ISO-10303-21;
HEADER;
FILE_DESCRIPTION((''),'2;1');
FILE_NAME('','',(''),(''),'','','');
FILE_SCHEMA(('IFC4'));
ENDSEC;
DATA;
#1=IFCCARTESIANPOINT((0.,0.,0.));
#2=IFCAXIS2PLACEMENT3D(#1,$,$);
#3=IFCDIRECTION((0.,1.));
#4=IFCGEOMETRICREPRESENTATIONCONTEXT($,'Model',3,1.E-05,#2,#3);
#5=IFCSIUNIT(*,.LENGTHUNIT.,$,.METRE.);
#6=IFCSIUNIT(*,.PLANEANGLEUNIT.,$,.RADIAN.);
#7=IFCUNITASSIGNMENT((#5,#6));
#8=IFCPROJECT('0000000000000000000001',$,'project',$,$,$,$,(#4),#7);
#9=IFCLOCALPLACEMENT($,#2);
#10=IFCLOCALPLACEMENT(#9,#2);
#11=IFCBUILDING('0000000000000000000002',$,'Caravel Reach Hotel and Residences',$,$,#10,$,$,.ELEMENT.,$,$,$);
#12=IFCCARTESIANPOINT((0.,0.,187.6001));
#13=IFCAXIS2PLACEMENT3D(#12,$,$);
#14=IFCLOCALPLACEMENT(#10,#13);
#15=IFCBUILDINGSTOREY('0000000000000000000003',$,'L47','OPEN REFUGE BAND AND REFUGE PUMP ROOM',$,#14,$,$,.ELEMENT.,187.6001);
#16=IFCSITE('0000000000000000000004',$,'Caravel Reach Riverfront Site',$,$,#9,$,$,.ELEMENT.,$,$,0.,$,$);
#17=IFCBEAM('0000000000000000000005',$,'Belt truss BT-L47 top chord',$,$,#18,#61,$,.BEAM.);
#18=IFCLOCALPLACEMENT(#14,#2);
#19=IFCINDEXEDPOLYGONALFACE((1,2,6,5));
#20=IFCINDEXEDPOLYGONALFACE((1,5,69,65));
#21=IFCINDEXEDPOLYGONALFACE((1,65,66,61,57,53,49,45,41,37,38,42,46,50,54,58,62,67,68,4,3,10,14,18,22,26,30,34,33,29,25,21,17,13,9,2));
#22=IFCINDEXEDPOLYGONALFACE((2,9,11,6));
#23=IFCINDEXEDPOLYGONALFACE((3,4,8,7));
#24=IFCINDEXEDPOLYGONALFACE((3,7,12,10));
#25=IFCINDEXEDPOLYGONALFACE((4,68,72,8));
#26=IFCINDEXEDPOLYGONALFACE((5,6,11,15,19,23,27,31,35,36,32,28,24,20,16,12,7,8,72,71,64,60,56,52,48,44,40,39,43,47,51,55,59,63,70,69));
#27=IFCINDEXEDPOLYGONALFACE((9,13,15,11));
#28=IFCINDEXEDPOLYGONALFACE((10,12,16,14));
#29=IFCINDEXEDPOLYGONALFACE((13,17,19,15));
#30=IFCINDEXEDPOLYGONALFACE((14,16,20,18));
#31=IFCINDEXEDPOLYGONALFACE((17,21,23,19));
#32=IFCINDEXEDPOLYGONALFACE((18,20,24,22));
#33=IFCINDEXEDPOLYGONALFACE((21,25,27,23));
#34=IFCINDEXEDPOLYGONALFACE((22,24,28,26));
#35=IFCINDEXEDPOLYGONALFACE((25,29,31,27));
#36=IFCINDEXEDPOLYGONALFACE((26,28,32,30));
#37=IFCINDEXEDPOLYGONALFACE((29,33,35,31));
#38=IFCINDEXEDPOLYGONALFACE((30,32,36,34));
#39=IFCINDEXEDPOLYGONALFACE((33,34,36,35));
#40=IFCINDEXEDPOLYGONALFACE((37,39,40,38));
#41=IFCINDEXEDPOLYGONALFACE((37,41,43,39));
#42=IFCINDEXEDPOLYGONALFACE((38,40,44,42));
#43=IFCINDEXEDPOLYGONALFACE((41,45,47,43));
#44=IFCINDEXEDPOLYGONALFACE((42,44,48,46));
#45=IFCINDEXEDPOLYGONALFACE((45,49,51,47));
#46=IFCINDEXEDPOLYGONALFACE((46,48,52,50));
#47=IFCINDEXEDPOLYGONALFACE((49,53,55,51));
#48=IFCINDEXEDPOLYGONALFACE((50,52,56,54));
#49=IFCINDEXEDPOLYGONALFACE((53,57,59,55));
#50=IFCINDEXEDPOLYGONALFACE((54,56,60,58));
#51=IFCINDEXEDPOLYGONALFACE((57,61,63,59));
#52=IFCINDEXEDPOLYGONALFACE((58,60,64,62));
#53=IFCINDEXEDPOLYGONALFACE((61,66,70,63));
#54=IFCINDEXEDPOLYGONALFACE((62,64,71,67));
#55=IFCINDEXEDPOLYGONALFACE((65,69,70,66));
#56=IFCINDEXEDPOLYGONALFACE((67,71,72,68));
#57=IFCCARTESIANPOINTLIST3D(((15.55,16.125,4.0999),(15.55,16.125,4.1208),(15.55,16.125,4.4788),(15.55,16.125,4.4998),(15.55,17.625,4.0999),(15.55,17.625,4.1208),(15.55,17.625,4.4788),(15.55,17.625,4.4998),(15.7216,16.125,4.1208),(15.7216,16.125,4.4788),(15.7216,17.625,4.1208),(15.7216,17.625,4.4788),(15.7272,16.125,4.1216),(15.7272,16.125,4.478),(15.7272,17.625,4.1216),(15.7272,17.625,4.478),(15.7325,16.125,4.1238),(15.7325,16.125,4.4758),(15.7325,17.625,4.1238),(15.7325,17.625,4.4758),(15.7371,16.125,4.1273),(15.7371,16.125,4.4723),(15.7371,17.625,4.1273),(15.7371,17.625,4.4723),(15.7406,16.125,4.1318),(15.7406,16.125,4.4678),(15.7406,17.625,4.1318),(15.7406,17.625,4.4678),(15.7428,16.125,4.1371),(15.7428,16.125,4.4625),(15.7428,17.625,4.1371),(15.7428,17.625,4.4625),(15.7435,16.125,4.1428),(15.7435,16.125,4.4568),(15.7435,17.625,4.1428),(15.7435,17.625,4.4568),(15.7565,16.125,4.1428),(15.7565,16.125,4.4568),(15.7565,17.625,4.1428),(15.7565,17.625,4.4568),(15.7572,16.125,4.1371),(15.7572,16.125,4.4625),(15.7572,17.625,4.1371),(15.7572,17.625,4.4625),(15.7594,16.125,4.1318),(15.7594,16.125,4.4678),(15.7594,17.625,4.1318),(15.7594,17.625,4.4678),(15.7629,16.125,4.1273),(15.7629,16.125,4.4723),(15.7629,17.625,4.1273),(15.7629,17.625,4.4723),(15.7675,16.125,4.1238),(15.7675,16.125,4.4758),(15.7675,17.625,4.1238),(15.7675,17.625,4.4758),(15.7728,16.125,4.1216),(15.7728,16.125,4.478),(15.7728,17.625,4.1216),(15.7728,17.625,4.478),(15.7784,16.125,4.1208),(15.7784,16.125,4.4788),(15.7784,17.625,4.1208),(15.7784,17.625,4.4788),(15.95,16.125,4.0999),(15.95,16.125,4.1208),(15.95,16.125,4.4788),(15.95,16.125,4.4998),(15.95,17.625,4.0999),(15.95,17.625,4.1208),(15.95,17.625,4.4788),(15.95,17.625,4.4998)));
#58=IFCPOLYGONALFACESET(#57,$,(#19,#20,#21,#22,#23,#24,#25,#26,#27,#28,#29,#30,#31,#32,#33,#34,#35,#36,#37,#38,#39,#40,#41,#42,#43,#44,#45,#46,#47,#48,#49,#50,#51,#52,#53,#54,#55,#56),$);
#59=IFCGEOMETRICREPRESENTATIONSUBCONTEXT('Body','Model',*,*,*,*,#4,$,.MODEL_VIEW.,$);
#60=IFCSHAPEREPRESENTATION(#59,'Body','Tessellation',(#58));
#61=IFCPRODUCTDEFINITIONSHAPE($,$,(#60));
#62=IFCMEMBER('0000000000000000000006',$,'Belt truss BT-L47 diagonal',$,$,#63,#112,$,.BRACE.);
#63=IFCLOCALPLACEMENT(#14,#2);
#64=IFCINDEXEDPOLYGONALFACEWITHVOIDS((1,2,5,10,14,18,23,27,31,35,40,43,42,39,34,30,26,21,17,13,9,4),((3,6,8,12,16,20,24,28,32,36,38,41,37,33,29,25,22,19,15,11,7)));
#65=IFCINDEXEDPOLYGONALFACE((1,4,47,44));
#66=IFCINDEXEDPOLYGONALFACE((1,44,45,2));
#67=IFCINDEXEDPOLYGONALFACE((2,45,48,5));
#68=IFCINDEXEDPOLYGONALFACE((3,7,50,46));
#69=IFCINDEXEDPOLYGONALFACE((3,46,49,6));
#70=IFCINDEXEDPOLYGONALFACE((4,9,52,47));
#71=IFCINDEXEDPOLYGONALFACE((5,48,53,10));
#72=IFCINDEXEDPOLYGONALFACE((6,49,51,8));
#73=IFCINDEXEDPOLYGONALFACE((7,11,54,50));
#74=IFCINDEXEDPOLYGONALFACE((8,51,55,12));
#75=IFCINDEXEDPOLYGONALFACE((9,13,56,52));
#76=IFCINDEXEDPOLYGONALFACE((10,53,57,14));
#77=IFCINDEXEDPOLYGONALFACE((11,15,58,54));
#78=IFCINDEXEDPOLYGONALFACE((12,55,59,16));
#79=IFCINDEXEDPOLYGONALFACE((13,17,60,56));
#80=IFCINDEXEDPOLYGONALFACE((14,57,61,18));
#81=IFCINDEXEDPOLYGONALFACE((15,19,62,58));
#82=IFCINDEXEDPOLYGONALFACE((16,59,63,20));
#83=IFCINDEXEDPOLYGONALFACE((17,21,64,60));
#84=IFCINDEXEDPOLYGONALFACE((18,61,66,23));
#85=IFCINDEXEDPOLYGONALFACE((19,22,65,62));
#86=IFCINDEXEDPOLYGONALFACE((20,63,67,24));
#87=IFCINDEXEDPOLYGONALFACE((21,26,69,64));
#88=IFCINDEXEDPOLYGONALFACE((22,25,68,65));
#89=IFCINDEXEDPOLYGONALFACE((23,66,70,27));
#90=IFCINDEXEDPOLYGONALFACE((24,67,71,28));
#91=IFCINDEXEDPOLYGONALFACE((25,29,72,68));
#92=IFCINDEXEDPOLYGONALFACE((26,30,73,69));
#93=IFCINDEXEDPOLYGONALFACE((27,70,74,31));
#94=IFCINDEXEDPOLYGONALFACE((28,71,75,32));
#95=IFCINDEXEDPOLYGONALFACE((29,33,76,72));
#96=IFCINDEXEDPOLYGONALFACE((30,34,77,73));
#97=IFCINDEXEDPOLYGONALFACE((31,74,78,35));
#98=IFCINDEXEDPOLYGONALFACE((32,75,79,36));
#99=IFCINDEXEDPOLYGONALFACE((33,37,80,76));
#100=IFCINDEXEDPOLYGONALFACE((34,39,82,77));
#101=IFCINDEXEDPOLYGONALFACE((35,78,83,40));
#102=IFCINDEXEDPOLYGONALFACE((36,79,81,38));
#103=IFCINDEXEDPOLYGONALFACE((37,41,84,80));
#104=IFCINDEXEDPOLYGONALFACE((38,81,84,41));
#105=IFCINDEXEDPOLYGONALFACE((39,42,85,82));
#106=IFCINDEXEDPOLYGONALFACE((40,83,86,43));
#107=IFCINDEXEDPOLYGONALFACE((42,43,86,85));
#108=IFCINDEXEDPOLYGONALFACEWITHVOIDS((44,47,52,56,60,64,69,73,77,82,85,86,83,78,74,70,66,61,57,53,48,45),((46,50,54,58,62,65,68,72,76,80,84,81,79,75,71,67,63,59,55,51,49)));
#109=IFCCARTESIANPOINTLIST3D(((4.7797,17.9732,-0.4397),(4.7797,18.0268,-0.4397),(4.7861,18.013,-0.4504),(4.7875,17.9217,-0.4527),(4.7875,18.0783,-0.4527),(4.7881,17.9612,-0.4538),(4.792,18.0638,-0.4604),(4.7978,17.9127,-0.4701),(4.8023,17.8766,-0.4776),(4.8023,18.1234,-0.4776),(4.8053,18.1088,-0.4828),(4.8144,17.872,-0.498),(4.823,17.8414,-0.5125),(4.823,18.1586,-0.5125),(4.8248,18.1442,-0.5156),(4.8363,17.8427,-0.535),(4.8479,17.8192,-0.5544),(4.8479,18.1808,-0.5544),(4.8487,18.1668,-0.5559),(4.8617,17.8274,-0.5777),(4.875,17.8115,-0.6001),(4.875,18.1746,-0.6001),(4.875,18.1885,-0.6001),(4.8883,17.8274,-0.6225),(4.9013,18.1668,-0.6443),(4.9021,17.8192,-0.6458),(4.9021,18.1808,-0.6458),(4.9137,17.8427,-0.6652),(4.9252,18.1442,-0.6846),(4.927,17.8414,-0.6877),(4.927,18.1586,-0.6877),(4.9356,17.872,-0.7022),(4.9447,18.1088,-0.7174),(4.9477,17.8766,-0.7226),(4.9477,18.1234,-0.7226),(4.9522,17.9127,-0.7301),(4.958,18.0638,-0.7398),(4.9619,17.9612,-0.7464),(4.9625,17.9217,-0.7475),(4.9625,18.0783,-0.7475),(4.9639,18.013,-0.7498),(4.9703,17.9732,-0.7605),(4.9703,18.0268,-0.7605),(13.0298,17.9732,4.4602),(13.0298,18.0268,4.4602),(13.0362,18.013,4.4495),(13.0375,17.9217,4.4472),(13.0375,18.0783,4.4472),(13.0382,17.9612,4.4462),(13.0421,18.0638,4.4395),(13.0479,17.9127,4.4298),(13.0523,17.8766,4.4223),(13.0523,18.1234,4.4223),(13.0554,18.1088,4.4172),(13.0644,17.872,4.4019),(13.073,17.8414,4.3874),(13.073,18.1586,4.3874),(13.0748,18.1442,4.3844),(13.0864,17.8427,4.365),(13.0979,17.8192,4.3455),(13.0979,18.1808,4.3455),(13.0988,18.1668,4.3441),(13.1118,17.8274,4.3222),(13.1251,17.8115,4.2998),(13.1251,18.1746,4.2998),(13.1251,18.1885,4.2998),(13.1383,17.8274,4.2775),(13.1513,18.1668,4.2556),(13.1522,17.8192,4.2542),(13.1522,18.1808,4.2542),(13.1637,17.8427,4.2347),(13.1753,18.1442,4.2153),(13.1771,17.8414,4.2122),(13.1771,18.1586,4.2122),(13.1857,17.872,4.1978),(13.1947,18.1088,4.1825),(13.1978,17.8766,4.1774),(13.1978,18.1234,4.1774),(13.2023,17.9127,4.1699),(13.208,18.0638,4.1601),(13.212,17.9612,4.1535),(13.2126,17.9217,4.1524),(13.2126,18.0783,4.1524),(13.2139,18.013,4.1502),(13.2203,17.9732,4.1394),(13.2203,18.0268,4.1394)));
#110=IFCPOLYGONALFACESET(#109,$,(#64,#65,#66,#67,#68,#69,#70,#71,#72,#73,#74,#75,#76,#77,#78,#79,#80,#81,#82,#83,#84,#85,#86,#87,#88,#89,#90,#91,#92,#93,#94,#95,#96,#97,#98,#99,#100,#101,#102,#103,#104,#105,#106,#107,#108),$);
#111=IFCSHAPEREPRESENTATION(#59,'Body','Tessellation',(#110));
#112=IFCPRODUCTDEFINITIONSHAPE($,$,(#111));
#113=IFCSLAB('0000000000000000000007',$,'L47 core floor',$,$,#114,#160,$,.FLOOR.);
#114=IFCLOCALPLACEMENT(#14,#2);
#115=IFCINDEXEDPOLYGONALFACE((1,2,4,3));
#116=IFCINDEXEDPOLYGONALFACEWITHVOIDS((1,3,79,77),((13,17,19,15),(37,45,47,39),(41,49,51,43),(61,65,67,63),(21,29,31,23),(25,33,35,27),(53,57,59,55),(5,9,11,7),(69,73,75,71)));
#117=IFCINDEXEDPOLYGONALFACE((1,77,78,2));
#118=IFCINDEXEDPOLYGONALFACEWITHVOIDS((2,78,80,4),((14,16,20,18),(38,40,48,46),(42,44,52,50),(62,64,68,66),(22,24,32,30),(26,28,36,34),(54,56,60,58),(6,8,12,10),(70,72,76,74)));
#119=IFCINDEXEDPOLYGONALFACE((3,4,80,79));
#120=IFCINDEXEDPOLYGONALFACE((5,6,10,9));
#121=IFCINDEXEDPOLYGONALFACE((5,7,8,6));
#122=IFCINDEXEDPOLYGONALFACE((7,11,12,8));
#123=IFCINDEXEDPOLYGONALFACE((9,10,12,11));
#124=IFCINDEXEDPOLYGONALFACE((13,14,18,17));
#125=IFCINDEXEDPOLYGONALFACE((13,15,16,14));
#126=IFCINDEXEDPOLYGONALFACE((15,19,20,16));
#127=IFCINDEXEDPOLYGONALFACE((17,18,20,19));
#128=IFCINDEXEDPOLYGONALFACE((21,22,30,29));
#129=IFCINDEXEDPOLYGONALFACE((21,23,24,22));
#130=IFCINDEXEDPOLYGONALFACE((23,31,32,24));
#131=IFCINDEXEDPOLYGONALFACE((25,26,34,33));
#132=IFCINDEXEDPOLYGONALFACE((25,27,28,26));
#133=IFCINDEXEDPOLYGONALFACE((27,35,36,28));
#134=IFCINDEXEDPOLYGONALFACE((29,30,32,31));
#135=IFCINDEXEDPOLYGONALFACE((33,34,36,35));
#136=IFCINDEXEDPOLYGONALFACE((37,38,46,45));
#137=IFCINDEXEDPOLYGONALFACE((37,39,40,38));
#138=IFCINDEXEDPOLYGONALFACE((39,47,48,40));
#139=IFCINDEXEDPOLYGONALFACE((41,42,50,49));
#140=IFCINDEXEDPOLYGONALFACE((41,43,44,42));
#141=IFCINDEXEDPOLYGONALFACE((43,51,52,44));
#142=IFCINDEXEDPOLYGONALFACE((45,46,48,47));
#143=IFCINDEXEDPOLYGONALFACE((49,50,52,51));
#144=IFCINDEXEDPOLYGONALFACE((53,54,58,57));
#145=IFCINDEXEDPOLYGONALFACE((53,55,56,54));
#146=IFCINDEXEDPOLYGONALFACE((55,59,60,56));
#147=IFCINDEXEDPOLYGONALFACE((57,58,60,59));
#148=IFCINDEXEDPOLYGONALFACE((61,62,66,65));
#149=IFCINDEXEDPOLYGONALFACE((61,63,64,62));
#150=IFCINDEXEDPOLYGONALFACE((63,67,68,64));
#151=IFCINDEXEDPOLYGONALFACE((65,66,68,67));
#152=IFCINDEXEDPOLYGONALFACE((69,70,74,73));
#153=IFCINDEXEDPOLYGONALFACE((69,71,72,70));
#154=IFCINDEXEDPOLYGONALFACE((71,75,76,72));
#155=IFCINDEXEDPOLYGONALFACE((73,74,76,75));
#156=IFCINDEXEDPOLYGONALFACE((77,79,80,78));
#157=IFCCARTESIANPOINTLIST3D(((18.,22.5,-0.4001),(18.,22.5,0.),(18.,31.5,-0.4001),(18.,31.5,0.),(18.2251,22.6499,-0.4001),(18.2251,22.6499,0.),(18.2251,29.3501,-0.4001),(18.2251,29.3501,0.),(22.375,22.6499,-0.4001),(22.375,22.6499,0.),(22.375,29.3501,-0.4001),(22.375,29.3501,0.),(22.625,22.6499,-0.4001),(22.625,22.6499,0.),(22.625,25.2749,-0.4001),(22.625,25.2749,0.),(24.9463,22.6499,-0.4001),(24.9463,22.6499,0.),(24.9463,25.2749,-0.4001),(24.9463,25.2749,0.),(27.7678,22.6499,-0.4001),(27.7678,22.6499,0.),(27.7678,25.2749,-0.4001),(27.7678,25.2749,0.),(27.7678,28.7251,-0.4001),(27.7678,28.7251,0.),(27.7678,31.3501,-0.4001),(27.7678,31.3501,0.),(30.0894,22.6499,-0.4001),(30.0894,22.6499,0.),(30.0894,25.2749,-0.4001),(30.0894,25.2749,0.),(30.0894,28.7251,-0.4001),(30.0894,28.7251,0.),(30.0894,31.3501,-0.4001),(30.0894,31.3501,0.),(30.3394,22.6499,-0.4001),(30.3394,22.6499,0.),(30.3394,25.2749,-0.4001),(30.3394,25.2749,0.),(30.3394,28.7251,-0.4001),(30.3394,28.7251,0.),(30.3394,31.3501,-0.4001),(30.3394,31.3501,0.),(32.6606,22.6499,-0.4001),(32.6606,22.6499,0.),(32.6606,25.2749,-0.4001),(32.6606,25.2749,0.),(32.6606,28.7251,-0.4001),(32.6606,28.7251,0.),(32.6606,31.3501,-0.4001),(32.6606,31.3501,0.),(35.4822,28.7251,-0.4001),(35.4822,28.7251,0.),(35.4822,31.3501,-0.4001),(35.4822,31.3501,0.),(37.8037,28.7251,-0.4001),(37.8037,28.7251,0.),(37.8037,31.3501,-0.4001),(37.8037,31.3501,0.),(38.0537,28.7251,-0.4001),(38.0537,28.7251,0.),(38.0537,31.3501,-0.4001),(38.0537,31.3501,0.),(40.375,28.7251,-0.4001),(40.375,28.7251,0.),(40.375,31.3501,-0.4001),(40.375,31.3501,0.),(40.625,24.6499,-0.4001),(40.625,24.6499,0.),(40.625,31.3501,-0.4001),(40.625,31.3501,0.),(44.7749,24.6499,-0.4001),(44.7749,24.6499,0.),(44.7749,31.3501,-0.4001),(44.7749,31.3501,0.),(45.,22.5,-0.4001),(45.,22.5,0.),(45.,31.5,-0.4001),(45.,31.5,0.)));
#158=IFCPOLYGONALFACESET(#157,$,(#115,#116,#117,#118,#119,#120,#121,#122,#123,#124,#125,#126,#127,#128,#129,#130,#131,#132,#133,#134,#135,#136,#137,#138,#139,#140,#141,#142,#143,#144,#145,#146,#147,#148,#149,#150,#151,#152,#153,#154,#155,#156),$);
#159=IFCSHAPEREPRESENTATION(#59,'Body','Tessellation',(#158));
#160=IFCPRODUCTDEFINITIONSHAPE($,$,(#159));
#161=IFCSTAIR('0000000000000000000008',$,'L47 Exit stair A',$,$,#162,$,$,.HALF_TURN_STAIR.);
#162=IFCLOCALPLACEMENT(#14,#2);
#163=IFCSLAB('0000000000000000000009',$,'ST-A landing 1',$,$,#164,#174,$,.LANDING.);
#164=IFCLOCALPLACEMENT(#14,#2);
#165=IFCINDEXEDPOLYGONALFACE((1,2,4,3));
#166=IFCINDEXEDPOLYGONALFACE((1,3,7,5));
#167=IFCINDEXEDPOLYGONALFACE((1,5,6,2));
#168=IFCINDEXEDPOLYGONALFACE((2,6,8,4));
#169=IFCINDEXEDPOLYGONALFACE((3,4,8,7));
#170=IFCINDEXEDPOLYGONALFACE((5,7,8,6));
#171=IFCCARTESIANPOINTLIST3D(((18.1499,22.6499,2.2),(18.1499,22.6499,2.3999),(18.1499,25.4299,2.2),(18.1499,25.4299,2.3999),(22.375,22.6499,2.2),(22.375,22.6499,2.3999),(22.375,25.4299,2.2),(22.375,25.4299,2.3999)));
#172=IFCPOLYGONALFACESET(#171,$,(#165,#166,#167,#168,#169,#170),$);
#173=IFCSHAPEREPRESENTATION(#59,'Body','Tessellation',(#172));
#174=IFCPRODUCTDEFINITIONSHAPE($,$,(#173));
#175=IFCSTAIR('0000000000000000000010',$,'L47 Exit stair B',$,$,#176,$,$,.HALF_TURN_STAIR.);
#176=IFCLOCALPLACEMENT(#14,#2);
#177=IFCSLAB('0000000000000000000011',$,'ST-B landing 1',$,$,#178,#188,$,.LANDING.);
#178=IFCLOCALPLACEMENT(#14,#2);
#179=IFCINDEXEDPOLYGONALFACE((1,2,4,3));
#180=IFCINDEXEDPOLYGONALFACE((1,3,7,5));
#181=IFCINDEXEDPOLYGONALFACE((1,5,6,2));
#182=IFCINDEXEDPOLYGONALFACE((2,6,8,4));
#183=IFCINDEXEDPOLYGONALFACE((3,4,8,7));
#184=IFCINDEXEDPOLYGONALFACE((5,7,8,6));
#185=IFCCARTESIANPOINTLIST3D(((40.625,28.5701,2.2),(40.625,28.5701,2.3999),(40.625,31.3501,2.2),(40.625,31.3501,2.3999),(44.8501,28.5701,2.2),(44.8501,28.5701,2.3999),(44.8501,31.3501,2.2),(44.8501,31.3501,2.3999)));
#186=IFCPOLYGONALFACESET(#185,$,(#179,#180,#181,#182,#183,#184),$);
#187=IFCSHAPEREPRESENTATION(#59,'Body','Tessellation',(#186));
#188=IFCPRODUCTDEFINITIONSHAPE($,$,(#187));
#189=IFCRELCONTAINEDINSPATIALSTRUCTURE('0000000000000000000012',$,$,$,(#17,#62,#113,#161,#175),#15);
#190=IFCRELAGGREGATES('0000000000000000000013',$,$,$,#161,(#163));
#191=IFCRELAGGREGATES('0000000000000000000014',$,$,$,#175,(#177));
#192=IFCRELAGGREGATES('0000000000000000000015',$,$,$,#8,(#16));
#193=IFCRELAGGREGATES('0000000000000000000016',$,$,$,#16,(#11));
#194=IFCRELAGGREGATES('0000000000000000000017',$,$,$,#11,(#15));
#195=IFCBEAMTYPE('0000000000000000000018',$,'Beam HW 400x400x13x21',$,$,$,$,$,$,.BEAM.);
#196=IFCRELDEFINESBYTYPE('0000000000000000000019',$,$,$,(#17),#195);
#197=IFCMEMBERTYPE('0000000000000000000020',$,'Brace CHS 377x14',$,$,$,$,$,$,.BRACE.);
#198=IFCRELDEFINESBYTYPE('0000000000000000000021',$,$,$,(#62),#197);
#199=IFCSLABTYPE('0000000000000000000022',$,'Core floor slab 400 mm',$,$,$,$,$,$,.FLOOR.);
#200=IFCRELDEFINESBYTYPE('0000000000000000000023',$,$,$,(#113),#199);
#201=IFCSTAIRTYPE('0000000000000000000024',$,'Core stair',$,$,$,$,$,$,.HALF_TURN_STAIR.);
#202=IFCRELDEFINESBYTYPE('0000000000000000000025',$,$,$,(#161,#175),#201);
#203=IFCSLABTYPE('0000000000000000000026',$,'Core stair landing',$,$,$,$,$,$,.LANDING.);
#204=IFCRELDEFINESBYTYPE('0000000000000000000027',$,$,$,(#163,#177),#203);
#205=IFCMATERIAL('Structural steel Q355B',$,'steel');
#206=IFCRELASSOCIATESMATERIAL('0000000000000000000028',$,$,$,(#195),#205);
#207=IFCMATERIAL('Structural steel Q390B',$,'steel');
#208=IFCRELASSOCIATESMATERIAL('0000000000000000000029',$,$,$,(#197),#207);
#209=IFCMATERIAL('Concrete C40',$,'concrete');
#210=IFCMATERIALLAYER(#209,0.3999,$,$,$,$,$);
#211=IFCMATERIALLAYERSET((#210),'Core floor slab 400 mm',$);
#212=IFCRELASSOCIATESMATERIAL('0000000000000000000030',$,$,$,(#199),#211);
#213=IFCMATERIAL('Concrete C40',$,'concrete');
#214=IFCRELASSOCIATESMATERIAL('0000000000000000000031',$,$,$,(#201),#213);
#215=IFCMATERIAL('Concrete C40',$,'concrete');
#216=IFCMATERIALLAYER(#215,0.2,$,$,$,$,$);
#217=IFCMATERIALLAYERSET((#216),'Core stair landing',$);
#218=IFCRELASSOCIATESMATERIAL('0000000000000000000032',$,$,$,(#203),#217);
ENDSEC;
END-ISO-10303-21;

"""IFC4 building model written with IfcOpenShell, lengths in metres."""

from ifc_helpers import new_model, si_unit, direction, frame, origin, origin_2d, place, context, subcontext, project, spatial, polyline, hollow_circle, i_section, outline, extrude, material, layer, layer_set, material_profile, profile_set, type_object, element, aggregate, save


model = new_model("IFC4")

# Units and contexts
model_context = context("Model", 3, precision=1e-05, world=origin(), true_north=direction((0.0, 1.0)))
body_context = subcontext(model_context, "Body", "Model", "MODEL_VIEW")
ifc_project = project(units=[si_unit("LENGTHUNIT", "METRE"), si_unit("PLANEANGLEUNIT", "RADIAN")], contexts=[model_context])

# Site, building, storey
site_placement = place(None, origin())
site = spatial("IfcSite", under=ifc_project, at=site_placement, Name="Caravel Reach Riverfront Site", CompositionType="ELEMENT", RefElevation=0.0)
building_placement = place(site_placement, origin())
building = spatial("IfcBuilding", under=site, at=building_placement, Name="Caravel Reach Hotel and Residences", CompositionType="ELEMENT")
storey_placement = place(building_placement, frame((0.0, 0.0, 187.6001)))
storey = spatial("IfcBuildingStorey", under=building, at=storey_placement, Name="L47", Description="OPEN REFUGE BAND AND REFUGE PUMP ROOM", CompositionType="ELEMENT", Elevation=187.6001)

# Beam
ifc_material_1 = material(Name="Structural steel Q355B", Category="steel")
ifc_material_profile_1 = material_profile(ifc_material_1, i_section(OverallWidth=0.3999, OverallDepth=0.3999, WebThickness=0.0129, FlangeThickness=0.021, FilletRadius=0.022, at=origin_2d()), Name="HW 400x400x13x21")
ifc_profile_set_1 = profile_set([ifc_material_profile_1], Name="Structural steel Q355B")
beam_type_1 = type_object("IfcBeamType", Name="Beam HW 400x400x13x21", PredefinedType="BEAM", material=ifc_profile_set_1)
for number, where, z_axis, x_axis, name in (
    (1, (15.75, 17.625, 4.2998), (0.0, -1.0, 0.0), (1.0, 0.0, 0.0), "Belt truss BT-L47 top chord"),
):
    element("IfcBeam", number, at=place(storey_placement, frame(where, z_axis=z_axis, x_axis=x_axis)), inside=storey, type_object=beam_type_1, Name=name, PredefinedType="BEAM", context=body_context, shape_type="SweptSolid", body=[
        extrude(i_section(OverallWidth=0.3999, OverallDepth=0.3999, WebThickness=0.0129, FlangeThickness=0.021, FilletRadius=0.022, at=origin_2d()), origin(), (0.0, 0.0, 1.0), 1.5),
    ])

# Member
ifc_material_2 = material(Name="Structural steel Q390B", Category="steel")
ifc_material_profile_2 = material_profile(ifc_material_2, hollow_circle(Radius=0.1885, WallThickness=0.0139, at=origin_2d()), Name="CHS 377x14")
ifc_profile_set_2 = profile_set([ifc_material_profile_2], Name="Structural steel Q390B")
member_type = type_object("IfcMemberType", Name="Brace CHS 377x14", PredefinedType="BRACE", material=ifc_profile_set_2)
member_placement = place(storey_placement, frame((4.875, 18.0, -0.6001), z_axis=(0.859788, 0.0, 0.510652), x_axis=(0.0, 1.0, 0.0)))
element("IfcMember", 2, at=member_placement, inside=storey, type_object=member_type, Name="Belt truss BT-L47 diagonal", PredefinedType="BRACE", context=body_context, shape_type="SweptSolid", body=[
    extrude(hollow_circle(Radius=0.1885, WallThickness=0.0139, at=origin_2d()), origin(), (0.0, 0.0, 1.0), 9.5955),
])

# Slab
ifc_material_3 = material(Name="Concrete C40", Category="concrete")
ifc_layer_1 = layer(ifc_material_3, 0.3999)
ifc_layer_set_1 = layer_set([ifc_layer_1], Name="Core floor slab 400 mm")
slab_type_1 = type_object("IfcSlabType", Name="Core floor slab 400 mm", PredefinedType="FLOOR", material=ifc_layer_set_1)
slab_1_placement = place(storey_placement, frame((0.0, 0.0, -0.4001)))
element("IfcSlab", 3, at=slab_1_placement, inside=storey, type_object=slab_type_1, Name="L47 core floor", PredefinedType="FLOOR", context=body_context, shape_type="SweptSolid", body=[
    extrude(outline(polyline([(18.0, 31.5), (45.0, 31.5), (45.0, 22.5), (18.0, 22.5), (18.0, 31.5)]), holes=[polyline([(22.625, 25.2749), (22.625, 22.6499), (24.9463, 22.6499), (24.9463, 25.2749), (22.625, 25.2749)]), polyline([(27.7678, 25.2749), (27.7678, 22.6499), (30.0894, 22.6499), (30.0894, 25.2749), (27.7678, 25.2749)]), polyline([(30.3394, 25.2749), (30.3394, 22.6499), (32.6606, 22.6499), (32.6606, 25.2749), (30.3394, 25.2749)]), polyline([(22.375, 22.6499), (22.375, 29.3501), (18.2251, 29.3501), (18.2251, 22.6499), (22.375, 22.6499)]), polyline([(40.625, 31.3501), (40.625, 24.6499), (44.7749, 24.6499), (44.7749, 31.3501), (40.625, 31.3501)]), polyline([(27.7678, 31.3501), (27.7678, 28.7251), (30.0894, 28.7251), (30.0894, 31.3501), (27.7678, 31.3501)]), polyline([(30.3394, 31.3501), (30.3394, 28.7251), (32.6606, 28.7251), (32.6606, 31.3501), (30.3394, 31.3501)]), polyline([(37.8037, 31.3501), (35.4822, 31.3501), (35.4822, 28.7251), (37.8037, 28.7251), (37.8037, 31.3501)]), polyline([(40.375, 31.3501), (38.0537, 31.3501), (38.0537, 28.7251), (40.375, 28.7251), (40.375, 31.3501)])]), origin(), (0.0, 0.0, 1.0), 0.4001),
])

# Stairs, slabs
ifc_material_4 = material(Name="Concrete C40", Category="concrete")
stair_type = type_object("IfcStairType", Name="Core stair", PredefinedType="HALF_TURN_STAIR", material=ifc_material_4)
stair_1_placement = place(storey_placement, origin())
stair_1 = element("IfcStair", 4, at=stair_1_placement, inside=storey, type_object=stair_type, Name="L47 Exit stair A", PredefinedType="HALF_TURN_STAIR")
ifc_material_5 = material(Name="Concrete C40", Category="concrete")
ifc_layer_2 = layer(ifc_material_5, 0.2)
ifc_layer_set_2 = layer_set([ifc_layer_2], Name="Core stair landing")
slab_type_2 = type_object("IfcSlabType", Name="Core stair landing", PredefinedType="LANDING", material=ifc_layer_set_2)
slab_2_placement = place(storey_placement, frame((0.0, 0.0, 2.2)))
slab_2 = element("IfcSlab", 5, at=slab_2_placement, type_object=slab_type_2, Name="ST-A landing 1", PredefinedType="LANDING", context=body_context, shape_type="SweptSolid", body=[
    extrude(outline(polyline([(18.1499, 25.4299), (18.1499, 22.6499), (22.375, 22.6499), (22.375, 25.4299), (18.1499, 25.4299)])), origin(), (0.0, 0.0, 1.0), 0.2),
])
aggregate(stair_1, [slab_2])
stair_2_placement = place(storey_placement, origin())
stair_2 = element("IfcStair", 6, at=stair_2_placement, inside=storey, type_object=stair_type, Name="L47 Exit stair B", PredefinedType="HALF_TURN_STAIR")
slab_3_placement = place(storey_placement, frame((0.0, 0.0, 2.2)))
slab_3 = element("IfcSlab", 7, at=slab_3_placement, type_object=slab_type_2, Name="ST-B landing 1", PredefinedType="LANDING", context=body_context, shape_type="SweptSolid", body=[
    extrude(outline(polyline([(44.8501, 28.5701), (44.8501, 31.3501), (40.625, 31.3501), (40.625, 28.5701), (44.8501, 28.5701)])), origin(), (0.0, 0.0, 1.0), 0.2),
])
aggregate(stair_2, [slab_3])

save(model, "model.ifc")
